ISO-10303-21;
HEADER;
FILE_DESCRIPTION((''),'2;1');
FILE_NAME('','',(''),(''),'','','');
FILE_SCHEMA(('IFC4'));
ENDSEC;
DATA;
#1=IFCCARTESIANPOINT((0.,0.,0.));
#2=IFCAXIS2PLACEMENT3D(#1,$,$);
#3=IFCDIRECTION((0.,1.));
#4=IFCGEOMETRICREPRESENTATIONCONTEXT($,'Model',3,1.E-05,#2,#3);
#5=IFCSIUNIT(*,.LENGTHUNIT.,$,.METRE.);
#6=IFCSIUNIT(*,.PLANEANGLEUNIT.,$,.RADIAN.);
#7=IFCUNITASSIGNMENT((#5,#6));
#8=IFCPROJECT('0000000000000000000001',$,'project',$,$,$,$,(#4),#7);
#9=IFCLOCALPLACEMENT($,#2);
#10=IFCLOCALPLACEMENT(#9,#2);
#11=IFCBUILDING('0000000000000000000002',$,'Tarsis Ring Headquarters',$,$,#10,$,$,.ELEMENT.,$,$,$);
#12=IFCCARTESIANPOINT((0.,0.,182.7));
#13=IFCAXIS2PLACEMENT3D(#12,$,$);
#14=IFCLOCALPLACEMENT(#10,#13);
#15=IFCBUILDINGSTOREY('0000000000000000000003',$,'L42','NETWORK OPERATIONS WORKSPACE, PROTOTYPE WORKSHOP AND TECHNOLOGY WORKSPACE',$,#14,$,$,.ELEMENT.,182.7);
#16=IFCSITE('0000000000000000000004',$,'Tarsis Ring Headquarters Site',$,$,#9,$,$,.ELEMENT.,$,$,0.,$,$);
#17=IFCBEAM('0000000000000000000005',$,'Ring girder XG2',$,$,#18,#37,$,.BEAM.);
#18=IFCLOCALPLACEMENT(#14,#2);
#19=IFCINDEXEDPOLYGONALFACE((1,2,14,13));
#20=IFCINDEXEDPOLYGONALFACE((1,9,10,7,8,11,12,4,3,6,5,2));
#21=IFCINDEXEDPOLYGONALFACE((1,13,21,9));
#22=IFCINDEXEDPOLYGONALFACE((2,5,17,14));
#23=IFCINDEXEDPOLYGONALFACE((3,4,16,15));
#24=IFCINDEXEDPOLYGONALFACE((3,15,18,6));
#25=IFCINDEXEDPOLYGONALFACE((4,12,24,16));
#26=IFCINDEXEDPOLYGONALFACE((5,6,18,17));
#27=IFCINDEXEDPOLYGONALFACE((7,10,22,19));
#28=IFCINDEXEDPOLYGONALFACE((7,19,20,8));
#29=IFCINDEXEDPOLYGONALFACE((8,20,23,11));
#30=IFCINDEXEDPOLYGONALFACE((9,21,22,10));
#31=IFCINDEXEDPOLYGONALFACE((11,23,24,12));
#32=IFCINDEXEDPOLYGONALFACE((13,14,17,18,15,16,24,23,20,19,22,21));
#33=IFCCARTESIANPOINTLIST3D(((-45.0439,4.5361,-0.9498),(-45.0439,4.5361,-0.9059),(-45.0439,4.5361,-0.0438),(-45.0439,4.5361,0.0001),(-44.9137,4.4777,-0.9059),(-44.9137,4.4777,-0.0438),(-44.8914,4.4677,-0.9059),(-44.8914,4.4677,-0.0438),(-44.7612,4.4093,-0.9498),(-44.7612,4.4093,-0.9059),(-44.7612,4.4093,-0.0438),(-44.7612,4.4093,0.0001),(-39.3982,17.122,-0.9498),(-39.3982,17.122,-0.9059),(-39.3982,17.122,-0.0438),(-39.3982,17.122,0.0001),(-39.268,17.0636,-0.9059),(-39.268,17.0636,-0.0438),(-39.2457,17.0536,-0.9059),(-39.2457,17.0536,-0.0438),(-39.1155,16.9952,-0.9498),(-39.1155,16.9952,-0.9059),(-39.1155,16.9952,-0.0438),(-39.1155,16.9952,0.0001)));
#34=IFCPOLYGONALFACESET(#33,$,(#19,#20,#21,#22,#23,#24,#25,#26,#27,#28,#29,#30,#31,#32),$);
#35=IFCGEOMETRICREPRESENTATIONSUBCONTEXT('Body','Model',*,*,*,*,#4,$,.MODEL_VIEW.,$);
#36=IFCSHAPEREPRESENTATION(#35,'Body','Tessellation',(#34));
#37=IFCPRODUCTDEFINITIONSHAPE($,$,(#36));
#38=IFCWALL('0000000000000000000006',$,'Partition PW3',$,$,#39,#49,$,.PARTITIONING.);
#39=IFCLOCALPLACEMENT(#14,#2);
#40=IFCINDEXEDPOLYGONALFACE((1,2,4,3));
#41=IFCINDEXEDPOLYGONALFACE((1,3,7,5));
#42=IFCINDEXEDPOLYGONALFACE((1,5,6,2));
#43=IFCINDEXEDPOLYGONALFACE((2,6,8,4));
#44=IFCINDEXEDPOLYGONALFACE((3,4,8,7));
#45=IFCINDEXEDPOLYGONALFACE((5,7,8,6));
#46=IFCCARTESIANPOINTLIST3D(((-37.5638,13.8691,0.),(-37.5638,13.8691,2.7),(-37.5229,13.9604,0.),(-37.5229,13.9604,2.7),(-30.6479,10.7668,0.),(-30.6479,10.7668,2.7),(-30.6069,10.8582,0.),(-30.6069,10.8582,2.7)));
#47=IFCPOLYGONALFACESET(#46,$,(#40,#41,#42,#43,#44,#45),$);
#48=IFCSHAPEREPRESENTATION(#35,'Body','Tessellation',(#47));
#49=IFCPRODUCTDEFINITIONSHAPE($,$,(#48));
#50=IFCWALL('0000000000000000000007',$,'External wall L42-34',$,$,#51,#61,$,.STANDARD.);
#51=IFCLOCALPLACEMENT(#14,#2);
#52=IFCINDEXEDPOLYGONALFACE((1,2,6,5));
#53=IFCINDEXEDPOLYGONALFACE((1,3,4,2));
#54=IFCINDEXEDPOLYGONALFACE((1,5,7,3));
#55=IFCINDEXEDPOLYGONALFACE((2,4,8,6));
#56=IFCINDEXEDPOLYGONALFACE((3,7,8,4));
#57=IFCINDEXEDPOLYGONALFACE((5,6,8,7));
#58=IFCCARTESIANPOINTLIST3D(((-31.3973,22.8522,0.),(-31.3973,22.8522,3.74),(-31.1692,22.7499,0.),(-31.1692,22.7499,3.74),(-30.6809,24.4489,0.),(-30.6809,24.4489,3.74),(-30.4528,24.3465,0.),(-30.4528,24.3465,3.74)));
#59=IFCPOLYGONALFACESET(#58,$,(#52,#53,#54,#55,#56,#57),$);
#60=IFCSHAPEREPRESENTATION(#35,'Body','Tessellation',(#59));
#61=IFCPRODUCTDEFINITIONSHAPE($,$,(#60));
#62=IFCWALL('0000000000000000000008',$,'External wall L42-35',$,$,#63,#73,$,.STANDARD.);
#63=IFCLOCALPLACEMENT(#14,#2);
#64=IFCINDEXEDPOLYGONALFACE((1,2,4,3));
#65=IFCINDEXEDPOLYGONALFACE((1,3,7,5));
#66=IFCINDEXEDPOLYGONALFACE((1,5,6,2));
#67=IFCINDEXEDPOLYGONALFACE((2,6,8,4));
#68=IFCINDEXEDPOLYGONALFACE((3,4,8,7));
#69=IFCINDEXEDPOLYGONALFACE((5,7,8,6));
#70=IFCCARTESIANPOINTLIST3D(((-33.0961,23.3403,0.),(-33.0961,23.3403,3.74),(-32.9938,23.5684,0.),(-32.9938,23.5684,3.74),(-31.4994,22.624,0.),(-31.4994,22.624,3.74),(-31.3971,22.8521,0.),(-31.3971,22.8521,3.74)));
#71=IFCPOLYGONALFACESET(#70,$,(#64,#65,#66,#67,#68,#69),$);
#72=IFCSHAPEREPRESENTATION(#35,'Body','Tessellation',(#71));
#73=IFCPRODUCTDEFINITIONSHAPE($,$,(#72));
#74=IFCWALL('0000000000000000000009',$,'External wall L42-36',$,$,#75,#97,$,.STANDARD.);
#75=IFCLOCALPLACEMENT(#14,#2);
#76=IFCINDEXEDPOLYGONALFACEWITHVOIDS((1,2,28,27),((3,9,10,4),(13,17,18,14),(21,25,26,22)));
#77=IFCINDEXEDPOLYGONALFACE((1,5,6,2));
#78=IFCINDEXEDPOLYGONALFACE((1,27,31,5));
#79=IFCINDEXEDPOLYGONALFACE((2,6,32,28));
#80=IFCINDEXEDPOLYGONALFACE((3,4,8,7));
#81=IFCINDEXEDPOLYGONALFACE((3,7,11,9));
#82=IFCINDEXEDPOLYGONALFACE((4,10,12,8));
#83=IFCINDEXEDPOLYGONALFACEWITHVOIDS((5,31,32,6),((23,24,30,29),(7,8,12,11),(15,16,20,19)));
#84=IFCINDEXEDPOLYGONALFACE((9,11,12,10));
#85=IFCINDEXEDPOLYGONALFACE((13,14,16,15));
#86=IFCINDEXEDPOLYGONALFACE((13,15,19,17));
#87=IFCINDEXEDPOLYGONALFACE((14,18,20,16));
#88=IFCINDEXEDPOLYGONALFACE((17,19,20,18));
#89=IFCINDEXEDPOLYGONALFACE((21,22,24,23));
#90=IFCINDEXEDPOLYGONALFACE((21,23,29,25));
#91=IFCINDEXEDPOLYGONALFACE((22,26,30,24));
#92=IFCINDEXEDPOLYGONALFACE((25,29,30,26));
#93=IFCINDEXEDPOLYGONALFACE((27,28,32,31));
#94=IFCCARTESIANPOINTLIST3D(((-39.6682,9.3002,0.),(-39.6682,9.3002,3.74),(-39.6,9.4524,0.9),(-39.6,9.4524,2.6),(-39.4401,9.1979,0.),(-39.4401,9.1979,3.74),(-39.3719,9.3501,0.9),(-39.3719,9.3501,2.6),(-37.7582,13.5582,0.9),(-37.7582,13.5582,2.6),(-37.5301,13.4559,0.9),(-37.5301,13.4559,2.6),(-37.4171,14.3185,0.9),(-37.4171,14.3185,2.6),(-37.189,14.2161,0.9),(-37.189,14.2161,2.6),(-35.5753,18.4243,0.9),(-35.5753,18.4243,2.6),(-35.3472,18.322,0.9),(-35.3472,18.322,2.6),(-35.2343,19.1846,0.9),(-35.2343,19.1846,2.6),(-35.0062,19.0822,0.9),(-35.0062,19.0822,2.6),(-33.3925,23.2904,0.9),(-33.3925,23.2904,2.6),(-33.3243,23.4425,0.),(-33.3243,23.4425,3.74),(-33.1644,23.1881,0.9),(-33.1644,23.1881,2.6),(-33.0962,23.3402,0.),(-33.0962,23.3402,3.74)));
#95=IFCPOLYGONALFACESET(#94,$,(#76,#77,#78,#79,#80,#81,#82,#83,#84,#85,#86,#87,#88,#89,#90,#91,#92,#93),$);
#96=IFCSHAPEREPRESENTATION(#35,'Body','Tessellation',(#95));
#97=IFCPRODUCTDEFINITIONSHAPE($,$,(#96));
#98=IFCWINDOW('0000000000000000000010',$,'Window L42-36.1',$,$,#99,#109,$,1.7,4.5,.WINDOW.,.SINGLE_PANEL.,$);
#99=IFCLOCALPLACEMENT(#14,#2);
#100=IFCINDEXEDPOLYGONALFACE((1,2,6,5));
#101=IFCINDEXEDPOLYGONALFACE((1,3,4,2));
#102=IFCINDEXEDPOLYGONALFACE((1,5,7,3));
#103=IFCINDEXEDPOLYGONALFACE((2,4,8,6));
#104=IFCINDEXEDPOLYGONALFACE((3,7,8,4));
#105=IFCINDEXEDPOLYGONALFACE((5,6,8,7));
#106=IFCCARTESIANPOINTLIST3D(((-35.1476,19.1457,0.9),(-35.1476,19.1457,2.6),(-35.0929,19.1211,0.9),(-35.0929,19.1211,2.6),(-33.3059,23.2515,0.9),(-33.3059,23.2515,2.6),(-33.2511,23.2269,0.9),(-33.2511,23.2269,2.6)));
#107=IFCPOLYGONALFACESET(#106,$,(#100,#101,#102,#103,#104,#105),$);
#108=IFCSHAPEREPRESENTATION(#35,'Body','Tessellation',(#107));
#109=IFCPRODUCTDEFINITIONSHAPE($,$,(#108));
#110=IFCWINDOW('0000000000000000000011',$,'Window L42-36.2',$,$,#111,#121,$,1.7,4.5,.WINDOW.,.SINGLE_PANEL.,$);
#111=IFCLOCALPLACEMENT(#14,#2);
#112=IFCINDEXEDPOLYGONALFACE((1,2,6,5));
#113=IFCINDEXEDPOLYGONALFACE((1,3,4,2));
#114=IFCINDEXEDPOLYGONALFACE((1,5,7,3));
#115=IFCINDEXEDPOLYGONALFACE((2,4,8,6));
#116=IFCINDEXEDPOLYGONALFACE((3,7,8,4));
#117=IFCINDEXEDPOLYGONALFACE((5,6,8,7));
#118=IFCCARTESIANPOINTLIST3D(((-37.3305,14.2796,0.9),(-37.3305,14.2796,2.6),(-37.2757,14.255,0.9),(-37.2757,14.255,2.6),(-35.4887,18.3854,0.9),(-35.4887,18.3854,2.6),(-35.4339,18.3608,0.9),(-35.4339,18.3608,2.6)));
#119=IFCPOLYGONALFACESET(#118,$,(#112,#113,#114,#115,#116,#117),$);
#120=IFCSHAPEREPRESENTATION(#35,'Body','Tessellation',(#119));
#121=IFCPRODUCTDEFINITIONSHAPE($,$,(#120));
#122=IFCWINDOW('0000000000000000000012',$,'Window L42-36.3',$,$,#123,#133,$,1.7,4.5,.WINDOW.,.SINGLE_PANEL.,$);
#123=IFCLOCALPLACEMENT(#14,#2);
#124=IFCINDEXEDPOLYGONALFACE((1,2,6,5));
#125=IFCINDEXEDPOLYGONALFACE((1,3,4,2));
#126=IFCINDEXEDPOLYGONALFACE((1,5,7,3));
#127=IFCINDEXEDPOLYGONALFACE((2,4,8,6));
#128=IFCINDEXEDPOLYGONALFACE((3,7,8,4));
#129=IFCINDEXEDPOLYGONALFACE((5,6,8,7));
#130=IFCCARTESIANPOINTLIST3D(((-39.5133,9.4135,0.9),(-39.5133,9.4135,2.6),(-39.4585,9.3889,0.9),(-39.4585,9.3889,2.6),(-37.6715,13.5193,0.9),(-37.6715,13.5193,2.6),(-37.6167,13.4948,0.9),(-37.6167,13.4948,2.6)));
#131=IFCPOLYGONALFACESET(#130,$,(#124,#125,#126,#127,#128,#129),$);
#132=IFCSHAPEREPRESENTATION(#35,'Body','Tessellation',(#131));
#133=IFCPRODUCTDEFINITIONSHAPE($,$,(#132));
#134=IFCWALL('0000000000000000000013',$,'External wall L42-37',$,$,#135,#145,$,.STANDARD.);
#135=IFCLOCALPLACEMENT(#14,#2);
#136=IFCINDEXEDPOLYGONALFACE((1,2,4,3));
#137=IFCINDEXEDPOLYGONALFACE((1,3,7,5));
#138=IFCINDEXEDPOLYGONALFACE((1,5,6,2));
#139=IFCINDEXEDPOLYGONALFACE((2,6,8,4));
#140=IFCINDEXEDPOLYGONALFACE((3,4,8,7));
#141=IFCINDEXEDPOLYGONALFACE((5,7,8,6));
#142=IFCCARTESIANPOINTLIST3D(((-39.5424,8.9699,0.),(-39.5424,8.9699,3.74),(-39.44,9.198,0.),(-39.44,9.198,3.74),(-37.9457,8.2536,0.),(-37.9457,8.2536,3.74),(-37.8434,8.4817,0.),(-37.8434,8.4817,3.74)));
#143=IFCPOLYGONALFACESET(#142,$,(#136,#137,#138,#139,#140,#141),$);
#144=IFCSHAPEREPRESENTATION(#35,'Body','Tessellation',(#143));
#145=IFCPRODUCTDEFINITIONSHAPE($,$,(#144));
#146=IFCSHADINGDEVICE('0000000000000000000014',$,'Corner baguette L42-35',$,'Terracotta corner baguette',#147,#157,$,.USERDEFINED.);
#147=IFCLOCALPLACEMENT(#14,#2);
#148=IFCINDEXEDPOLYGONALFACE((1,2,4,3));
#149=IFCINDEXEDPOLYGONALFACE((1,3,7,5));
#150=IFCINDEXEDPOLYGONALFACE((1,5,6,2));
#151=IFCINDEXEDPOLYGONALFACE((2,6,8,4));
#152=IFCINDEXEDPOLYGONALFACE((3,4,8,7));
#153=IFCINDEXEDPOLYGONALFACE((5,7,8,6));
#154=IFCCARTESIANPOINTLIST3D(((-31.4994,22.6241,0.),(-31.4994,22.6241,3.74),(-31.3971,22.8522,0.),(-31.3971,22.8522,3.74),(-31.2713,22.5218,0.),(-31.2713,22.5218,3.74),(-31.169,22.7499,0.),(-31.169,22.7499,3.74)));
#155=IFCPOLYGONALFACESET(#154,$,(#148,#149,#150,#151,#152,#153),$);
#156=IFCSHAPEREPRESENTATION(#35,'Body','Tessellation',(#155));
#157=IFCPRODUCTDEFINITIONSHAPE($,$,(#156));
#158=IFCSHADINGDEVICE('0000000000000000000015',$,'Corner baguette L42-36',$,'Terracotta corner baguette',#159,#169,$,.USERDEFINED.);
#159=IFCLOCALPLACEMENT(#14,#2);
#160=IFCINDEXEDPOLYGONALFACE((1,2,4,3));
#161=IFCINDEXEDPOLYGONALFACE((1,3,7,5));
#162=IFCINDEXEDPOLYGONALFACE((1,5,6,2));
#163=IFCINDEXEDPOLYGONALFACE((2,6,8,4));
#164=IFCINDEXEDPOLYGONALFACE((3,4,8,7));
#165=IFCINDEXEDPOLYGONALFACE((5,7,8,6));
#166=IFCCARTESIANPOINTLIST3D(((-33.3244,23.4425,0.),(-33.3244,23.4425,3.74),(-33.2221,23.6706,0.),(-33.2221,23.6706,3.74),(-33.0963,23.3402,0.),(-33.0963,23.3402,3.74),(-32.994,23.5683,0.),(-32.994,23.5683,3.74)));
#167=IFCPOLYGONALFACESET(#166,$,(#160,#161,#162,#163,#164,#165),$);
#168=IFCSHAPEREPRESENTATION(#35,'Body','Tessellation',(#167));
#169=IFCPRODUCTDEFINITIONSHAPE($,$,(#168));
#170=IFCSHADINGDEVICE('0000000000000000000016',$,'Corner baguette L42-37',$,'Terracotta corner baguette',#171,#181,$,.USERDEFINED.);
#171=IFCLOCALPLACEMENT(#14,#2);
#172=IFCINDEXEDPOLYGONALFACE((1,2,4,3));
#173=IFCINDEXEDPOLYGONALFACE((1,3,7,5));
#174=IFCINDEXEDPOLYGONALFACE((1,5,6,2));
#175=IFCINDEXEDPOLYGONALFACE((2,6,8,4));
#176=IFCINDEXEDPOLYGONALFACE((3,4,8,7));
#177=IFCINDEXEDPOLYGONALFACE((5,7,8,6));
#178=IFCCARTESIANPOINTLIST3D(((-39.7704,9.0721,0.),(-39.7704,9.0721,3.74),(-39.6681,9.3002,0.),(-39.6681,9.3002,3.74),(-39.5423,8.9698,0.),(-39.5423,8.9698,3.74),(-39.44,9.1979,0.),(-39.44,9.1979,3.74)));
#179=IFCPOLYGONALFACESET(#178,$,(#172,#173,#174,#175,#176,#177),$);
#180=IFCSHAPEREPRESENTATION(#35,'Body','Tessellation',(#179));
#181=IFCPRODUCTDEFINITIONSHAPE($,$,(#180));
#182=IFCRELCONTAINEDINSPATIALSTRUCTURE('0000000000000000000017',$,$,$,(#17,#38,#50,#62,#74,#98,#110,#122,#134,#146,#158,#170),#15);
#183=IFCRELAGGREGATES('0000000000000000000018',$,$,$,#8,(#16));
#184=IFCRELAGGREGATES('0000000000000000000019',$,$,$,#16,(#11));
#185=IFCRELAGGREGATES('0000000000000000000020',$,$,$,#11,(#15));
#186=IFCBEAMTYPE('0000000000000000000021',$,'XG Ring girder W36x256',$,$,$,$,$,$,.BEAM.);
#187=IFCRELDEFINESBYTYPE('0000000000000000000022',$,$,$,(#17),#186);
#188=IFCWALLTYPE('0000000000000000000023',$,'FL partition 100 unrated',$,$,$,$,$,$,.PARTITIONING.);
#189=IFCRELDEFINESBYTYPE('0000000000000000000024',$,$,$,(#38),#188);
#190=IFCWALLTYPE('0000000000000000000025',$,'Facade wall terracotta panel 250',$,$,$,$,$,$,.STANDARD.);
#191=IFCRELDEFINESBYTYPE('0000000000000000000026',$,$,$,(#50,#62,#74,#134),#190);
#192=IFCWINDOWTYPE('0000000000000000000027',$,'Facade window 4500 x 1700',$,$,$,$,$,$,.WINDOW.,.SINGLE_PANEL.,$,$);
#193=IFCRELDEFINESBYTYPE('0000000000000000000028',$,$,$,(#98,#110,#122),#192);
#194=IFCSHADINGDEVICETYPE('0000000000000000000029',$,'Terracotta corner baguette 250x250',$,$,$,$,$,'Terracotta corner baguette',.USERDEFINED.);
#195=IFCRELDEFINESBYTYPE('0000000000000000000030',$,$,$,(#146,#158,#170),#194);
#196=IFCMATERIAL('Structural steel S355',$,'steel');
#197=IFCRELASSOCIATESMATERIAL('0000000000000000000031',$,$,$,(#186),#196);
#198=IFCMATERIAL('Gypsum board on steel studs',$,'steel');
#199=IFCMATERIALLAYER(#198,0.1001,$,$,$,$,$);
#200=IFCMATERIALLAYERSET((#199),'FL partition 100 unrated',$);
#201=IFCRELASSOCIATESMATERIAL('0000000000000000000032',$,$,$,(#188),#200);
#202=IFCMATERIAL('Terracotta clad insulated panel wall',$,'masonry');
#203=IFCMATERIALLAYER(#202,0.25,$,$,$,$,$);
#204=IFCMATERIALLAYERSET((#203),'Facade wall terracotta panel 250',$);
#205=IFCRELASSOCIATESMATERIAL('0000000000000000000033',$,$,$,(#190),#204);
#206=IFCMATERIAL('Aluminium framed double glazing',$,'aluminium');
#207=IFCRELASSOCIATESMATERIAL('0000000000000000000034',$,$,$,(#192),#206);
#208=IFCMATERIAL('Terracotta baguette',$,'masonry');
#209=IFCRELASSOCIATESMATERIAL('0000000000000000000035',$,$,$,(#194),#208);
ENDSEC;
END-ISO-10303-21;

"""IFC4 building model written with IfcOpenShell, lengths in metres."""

from ifc_helpers import new_model, si_unit, direction, frame, frame_2d, origin, origin_2d, place, context, subcontext, project, spatial, rectangle, i_section, extrude, material, layer, layer_set, material_profile, profile_set, type_object, element, fill, save


model = new_model("IFC4")

# Units and contexts
model_context = context("Model", 3, precision=1e-05, world=origin(), true_north=direction((0.0, 1.0)))
body_context = subcontext(model_context, "Body", "Model", "MODEL_VIEW")
ifc_project = project(units=[si_unit("LENGTHUNIT", "METRE"), si_unit("PLANEANGLEUNIT", "RADIAN")], contexts=[model_context])

# Site, building, storey
site_placement = place(None, origin())
site = spatial("IfcSite", under=ifc_project, at=site_placement, Name="Tarsis Ring Headquarters Site", CompositionType="ELEMENT", RefElevation=0.0)
building_placement = place(site_placement, origin())
building = spatial("IfcBuilding", under=site, at=building_placement, Name="Tarsis Ring Headquarters", CompositionType="ELEMENT")
storey_placement = place(building_placement, frame((0.0, 0.0, 182.7)))
storey = spatial("IfcBuildingStorey", under=building, at=storey_placement, Name="L42", Description="NETWORK OPERATIONS WORKSPACE, PROTOTYPE WORKSHOP AND TECHNOLOGY WORKSPACE", CompositionType="ELEMENT", Elevation=182.7)

# Shared definitions
ifc_material_1 = material(Name="Structural steel S355", Category="steel")

# Beam
ifc_material_profile_1 = material_profile(ifc_material_1, i_section(OverallWidth=0.3098, OverallDepth=0.95, WebThickness=0.0244, FlangeThickness=0.0439, at=origin_2d()), Name="W36x256")
ifc_profile_set_1 = profile_set([ifc_material_profile_1], Name="Structural steel S355")
beam_type = type_object("IfcBeamType", Name="XG Ring girder W36x256", PredefinedType="BEAM", material=ifc_profile_set_1)
for number, where, z_axis, x_axis, name in (
    (1, (-39.2568, 17.0586, -0.4749), (-0.409284, -0.912407, 0.0), (0.912407, -0.409284, 0.0), "Ring girder XG2"),
):
    element("IfcBeam", number, at=place(storey_placement, frame(where, z_axis=z_axis, x_axis=x_axis)), inside=storey, type_object=beam_type, Name=name, PredefinedType="BEAM", context=body_context, shape_type="SweptSolid", body=[
        extrude(i_section(OverallWidth=0.3098, OverallDepth=0.95, WebThickness=0.0244, FlangeThickness=0.0439, at=origin_2d()), origin(), (0.0, 0.0, 1.0), 13.7942),
    ])

# Walls
ifc_material_2 = material(Name="Gypsum board on steel studs", Category="steel")
ifc_layer_1 = layer(ifc_material_2, 0.1001)
ifc_layer_set_1 = layer_set([ifc_layer_1], Name="FL partition 100 unrated")
wall_type_1 = type_object("IfcWallType", Name="FL partition 100 unrated", PredefinedType="PARTITIONING", material=ifc_layer_set_1)
wall_1_placement = place(storey_placement, frame((-37.5435, 13.9148, 0.0), z_axis=(0.0, 0.0, 1.0), x_axis=(0.91241, -0.409277, 0.0)))
element("IfcWall", 2, at=wall_1_placement, inside=storey, type_object=wall_type_1, Name="Partition PW3", PredefinedType="PARTITIONING", context=body_context, shape_type="SweptSolid", body=[
    extrude(rectangle(XDim=7.5798, YDim=0.1001, at=frame_2d((3.79, 0.0))), origin(), (0.0, 0.0, 1.0), 2.7),
])
ifc_material_3 = material(Name="Terracotta clad insulated panel wall", Category="masonry")
ifc_layer_2 = layer(ifc_material_3, 0.25)
ifc_layer_set_2 = layer_set([ifc_layer_2], Name="Facade wall terracotta panel 250")
wall_type_2 = type_object("IfcWallType", Name="Facade wall terracotta panel 250", PredefinedType="STANDARD", material=ifc_layer_set_2)
for number, where, z_axis, x_axis, name in (
    (3, (-30.5669, 24.3977, 0.0), (0.0, 0.0, 1.0), (-0.40932, -0.912391, 0.0), "External wall L42-34"),
    (4, (-31.4482, 22.738, 0.0), (0.0, 0.0, 1.0), (-0.912391, 0.40932, 0.0), "External wall L42-35"),
):
    element("IfcWall", number, at=place(storey_placement, frame(where, z_axis=z_axis, x_axis=x_axis)), inside=storey, type_object=wall_type_2, Name=name, PredefinedType="STANDARD", context=body_context, shape_type="SweptSolid", body=[
        extrude(rectangle(XDim=1.75, YDim=0.25, at=frame_2d((0.875, 0.0))), origin(), (0.0, 0.0, 1.0), 3.74),
    ])

# Wall, openings, windows
wall_2_placement = place(storey_placement, frame((-33.2102, 23.3914, 0.0), z_axis=(0.0, 0.0, 1.0), x_axis=(-0.409288, -0.912405, 0.0)))
wall_2 = element("IfcWall", 5, at=wall_2_placement, inside=storey, type_object=wall_type_2, Name="External wall L42-36", PredefinedType="STANDARD", context=body_context, shape_type="SweptSolid", body=[
    extrude(rectangle(XDim=15.5, YDim=0.25, at=frame_2d((7.75, 0.0))), origin(), (0.0, 0.0, 1.0), 3.74),
])
opening_1_placement = place(wall_2_placement, frame((0.1667, 0.0, 0.8999)))
opening_1 = element("IfcOpeningElement", 6, at=opening_1_placement, cuts=wall_2, PredefinedType="OPENING", context=body_context, shape_type="SweptSolid", body=[
    extrude(rectangle(XDim=4.5, YDim=1.7, at=frame_2d((2.25, 0.8501))), frame((0.0, 0.135, 0.0), z_axis=(0.0, -1.0, 0.0), x_axis=(1.0, 0.0, 0.0)), (0.0, 0.0, 1.0), 0.27),
])
opening_2_placement = place(wall_2_placement, frame((5.5, 0.0, 0.8999)))
opening_2 = element("IfcOpeningElement", 7, at=opening_2_placement, cuts=wall_2, PredefinedType="OPENING", context=body_context, shape_type="SweptSolid", body=[
    extrude(rectangle(XDim=4.5, YDim=1.7, at=frame_2d((2.25, 0.8501))), frame((0.0, 0.135, 0.0), z_axis=(0.0, -1.0, 0.0), x_axis=(1.0, 0.0, 0.0)), (0.0, 0.0, 1.0), 0.27),
])
opening_3_placement = place(wall_2_placement, frame((10.8333, 0.0, 0.8999)))
opening_3 = element("IfcOpeningElement", 8, at=opening_3_placement, cuts=wall_2, PredefinedType="OPENING", context=body_context, shape_type="SweptSolid", body=[
    extrude(rectangle(XDim=4.5, YDim=1.7, at=frame_2d((2.25, 0.8501))), frame((0.0, 0.135, 0.0), z_axis=(0.0, -1.0, 0.0), x_axis=(1.0, 0.0, 0.0)), (0.0, 0.0, 1.0), 0.27),
])
ifc_material_4 = material(Name="Aluminium framed double glazing", Category="aluminium")
window_type = type_object("IfcWindowType", Name="Facade window 4500 x 1700", PartitioningType="SINGLE_PANEL", PredefinedType="WINDOW", material=ifc_material_4)
window_1_placement = place(opening_1_placement, origin())
window_1 = element("IfcWindow", 9, at=window_1_placement, inside=storey, type_object=window_type, Name="Window L42-36.1", OverallHeight=1.7, OverallWidth=4.5, PartitioningType="SINGLE_PANEL", PredefinedType="WINDOW", context=body_context, shape_type="SweptSolid", body=[
    extrude(rectangle(XDim=4.5, YDim=1.7, at=frame_2d((2.25, 0.8501))), frame((0.0, 0.03, 0.0), z_axis=(0.0, -1.0, 0.0), x_axis=(1.0, 0.0, 0.0)), (0.0, 0.0, 1.0), 0.0601),
])
fill(opening_1, window_1)
window_2_placement = place(opening_2_placement, origin())
window_2 = element("IfcWindow", 10, at=window_2_placement, inside=storey, type_object=window_type, Name="Window L42-36.2", OverallHeight=1.7, OverallWidth=4.5, PartitioningType="SINGLE_PANEL", PredefinedType="WINDOW", context=body_context, shape_type="SweptSolid", body=[
    extrude(rectangle(XDim=4.5, YDim=1.7, at=frame_2d((2.25, 0.8501))), frame((0.0, 0.03, 0.0), z_axis=(0.0, -1.0, 0.0), x_axis=(1.0, 0.0, 0.0)), (0.0, 0.0, 1.0), 0.0601),
])
fill(opening_2, window_2)
window_3_placement = place(opening_3_placement, origin())
window_3 = element("IfcWindow", 11, at=window_3_placement, inside=storey, type_object=window_type, Name="Window L42-36.3", OverallHeight=1.7, OverallWidth=4.5, PartitioningType="SINGLE_PANEL", PredefinedType="WINDOW", context=body_context, shape_type="SweptSolid", body=[
    extrude(rectangle(XDim=4.5, YDim=1.7, at=frame_2d((2.25, 0.8501))), frame((0.0, 0.03, 0.0), z_axis=(0.0, -1.0, 0.0), x_axis=(1.0, 0.0, 0.0)), (0.0, 0.0, 1.0), 0.0601),
])
fill(opening_3, window_3)

# Wall
wall_3_placement = place(storey_placement, frame((-39.4912, 9.084, 0.0), z_axis=(0.0, 0.0, 1.0), x_axis=(0.912391, -0.40932, 0.0)))
element("IfcWall", 12, at=wall_3_placement, inside=storey, type_object=wall_type_2, Name="External wall L42-37", PredefinedType="STANDARD", context=body_context, shape_type="SweptSolid", body=[
    extrude(rectangle(XDim=1.75, YDim=0.25, at=frame_2d((0.875, 0.0))), origin(), (0.0, 0.0, 1.0), 3.74),
])

# Shading devices
ifc_material_5 = material(Name="Terracotta baguette", Category="masonry")
shading_device_type_1 = type_object("IfcShadingDeviceType", Name="Terracotta corner baguette 250x250", ElementType="Terracotta corner baguette", PredefinedType="USERDEFINED", material=ifc_material_5)
for number, where, z_axis, x_axis, name in (
    (13, (-31.3342, 22.687, 0.0), (0.0, 0.0, 1.0), (-0.409286, -0.912406, 0.0), "Corner baguette L42-35"),
    (14, (-33.1592, 23.5054, 0.0), (0.0, 0.0, 1.0), (-0.912406, 0.409286, 0.0), "Corner baguette L42-36"),
    (15, (-39.6052, 9.135, 0.0), (0.0, 0.0, 1.0), (-0.409286, -0.912406, 0.0), "Corner baguette L42-37"),
):
    element("IfcShadingDevice", number, at=place(storey_placement, frame(where, z_axis=z_axis, x_axis=x_axis)), inside=storey, type_object=shading_device_type_1, Name=name, ObjectType="Terracotta corner baguette", PredefinedType="USERDEFINED", context=body_context, shape_type="SweptSolid", body=[
        extrude(rectangle(XDim=0.25, YDim=0.25, at=origin_2d()), origin(), (0.0, 0.0, 1.0), 3.74),
    ])

save(model, "model.ifc")
